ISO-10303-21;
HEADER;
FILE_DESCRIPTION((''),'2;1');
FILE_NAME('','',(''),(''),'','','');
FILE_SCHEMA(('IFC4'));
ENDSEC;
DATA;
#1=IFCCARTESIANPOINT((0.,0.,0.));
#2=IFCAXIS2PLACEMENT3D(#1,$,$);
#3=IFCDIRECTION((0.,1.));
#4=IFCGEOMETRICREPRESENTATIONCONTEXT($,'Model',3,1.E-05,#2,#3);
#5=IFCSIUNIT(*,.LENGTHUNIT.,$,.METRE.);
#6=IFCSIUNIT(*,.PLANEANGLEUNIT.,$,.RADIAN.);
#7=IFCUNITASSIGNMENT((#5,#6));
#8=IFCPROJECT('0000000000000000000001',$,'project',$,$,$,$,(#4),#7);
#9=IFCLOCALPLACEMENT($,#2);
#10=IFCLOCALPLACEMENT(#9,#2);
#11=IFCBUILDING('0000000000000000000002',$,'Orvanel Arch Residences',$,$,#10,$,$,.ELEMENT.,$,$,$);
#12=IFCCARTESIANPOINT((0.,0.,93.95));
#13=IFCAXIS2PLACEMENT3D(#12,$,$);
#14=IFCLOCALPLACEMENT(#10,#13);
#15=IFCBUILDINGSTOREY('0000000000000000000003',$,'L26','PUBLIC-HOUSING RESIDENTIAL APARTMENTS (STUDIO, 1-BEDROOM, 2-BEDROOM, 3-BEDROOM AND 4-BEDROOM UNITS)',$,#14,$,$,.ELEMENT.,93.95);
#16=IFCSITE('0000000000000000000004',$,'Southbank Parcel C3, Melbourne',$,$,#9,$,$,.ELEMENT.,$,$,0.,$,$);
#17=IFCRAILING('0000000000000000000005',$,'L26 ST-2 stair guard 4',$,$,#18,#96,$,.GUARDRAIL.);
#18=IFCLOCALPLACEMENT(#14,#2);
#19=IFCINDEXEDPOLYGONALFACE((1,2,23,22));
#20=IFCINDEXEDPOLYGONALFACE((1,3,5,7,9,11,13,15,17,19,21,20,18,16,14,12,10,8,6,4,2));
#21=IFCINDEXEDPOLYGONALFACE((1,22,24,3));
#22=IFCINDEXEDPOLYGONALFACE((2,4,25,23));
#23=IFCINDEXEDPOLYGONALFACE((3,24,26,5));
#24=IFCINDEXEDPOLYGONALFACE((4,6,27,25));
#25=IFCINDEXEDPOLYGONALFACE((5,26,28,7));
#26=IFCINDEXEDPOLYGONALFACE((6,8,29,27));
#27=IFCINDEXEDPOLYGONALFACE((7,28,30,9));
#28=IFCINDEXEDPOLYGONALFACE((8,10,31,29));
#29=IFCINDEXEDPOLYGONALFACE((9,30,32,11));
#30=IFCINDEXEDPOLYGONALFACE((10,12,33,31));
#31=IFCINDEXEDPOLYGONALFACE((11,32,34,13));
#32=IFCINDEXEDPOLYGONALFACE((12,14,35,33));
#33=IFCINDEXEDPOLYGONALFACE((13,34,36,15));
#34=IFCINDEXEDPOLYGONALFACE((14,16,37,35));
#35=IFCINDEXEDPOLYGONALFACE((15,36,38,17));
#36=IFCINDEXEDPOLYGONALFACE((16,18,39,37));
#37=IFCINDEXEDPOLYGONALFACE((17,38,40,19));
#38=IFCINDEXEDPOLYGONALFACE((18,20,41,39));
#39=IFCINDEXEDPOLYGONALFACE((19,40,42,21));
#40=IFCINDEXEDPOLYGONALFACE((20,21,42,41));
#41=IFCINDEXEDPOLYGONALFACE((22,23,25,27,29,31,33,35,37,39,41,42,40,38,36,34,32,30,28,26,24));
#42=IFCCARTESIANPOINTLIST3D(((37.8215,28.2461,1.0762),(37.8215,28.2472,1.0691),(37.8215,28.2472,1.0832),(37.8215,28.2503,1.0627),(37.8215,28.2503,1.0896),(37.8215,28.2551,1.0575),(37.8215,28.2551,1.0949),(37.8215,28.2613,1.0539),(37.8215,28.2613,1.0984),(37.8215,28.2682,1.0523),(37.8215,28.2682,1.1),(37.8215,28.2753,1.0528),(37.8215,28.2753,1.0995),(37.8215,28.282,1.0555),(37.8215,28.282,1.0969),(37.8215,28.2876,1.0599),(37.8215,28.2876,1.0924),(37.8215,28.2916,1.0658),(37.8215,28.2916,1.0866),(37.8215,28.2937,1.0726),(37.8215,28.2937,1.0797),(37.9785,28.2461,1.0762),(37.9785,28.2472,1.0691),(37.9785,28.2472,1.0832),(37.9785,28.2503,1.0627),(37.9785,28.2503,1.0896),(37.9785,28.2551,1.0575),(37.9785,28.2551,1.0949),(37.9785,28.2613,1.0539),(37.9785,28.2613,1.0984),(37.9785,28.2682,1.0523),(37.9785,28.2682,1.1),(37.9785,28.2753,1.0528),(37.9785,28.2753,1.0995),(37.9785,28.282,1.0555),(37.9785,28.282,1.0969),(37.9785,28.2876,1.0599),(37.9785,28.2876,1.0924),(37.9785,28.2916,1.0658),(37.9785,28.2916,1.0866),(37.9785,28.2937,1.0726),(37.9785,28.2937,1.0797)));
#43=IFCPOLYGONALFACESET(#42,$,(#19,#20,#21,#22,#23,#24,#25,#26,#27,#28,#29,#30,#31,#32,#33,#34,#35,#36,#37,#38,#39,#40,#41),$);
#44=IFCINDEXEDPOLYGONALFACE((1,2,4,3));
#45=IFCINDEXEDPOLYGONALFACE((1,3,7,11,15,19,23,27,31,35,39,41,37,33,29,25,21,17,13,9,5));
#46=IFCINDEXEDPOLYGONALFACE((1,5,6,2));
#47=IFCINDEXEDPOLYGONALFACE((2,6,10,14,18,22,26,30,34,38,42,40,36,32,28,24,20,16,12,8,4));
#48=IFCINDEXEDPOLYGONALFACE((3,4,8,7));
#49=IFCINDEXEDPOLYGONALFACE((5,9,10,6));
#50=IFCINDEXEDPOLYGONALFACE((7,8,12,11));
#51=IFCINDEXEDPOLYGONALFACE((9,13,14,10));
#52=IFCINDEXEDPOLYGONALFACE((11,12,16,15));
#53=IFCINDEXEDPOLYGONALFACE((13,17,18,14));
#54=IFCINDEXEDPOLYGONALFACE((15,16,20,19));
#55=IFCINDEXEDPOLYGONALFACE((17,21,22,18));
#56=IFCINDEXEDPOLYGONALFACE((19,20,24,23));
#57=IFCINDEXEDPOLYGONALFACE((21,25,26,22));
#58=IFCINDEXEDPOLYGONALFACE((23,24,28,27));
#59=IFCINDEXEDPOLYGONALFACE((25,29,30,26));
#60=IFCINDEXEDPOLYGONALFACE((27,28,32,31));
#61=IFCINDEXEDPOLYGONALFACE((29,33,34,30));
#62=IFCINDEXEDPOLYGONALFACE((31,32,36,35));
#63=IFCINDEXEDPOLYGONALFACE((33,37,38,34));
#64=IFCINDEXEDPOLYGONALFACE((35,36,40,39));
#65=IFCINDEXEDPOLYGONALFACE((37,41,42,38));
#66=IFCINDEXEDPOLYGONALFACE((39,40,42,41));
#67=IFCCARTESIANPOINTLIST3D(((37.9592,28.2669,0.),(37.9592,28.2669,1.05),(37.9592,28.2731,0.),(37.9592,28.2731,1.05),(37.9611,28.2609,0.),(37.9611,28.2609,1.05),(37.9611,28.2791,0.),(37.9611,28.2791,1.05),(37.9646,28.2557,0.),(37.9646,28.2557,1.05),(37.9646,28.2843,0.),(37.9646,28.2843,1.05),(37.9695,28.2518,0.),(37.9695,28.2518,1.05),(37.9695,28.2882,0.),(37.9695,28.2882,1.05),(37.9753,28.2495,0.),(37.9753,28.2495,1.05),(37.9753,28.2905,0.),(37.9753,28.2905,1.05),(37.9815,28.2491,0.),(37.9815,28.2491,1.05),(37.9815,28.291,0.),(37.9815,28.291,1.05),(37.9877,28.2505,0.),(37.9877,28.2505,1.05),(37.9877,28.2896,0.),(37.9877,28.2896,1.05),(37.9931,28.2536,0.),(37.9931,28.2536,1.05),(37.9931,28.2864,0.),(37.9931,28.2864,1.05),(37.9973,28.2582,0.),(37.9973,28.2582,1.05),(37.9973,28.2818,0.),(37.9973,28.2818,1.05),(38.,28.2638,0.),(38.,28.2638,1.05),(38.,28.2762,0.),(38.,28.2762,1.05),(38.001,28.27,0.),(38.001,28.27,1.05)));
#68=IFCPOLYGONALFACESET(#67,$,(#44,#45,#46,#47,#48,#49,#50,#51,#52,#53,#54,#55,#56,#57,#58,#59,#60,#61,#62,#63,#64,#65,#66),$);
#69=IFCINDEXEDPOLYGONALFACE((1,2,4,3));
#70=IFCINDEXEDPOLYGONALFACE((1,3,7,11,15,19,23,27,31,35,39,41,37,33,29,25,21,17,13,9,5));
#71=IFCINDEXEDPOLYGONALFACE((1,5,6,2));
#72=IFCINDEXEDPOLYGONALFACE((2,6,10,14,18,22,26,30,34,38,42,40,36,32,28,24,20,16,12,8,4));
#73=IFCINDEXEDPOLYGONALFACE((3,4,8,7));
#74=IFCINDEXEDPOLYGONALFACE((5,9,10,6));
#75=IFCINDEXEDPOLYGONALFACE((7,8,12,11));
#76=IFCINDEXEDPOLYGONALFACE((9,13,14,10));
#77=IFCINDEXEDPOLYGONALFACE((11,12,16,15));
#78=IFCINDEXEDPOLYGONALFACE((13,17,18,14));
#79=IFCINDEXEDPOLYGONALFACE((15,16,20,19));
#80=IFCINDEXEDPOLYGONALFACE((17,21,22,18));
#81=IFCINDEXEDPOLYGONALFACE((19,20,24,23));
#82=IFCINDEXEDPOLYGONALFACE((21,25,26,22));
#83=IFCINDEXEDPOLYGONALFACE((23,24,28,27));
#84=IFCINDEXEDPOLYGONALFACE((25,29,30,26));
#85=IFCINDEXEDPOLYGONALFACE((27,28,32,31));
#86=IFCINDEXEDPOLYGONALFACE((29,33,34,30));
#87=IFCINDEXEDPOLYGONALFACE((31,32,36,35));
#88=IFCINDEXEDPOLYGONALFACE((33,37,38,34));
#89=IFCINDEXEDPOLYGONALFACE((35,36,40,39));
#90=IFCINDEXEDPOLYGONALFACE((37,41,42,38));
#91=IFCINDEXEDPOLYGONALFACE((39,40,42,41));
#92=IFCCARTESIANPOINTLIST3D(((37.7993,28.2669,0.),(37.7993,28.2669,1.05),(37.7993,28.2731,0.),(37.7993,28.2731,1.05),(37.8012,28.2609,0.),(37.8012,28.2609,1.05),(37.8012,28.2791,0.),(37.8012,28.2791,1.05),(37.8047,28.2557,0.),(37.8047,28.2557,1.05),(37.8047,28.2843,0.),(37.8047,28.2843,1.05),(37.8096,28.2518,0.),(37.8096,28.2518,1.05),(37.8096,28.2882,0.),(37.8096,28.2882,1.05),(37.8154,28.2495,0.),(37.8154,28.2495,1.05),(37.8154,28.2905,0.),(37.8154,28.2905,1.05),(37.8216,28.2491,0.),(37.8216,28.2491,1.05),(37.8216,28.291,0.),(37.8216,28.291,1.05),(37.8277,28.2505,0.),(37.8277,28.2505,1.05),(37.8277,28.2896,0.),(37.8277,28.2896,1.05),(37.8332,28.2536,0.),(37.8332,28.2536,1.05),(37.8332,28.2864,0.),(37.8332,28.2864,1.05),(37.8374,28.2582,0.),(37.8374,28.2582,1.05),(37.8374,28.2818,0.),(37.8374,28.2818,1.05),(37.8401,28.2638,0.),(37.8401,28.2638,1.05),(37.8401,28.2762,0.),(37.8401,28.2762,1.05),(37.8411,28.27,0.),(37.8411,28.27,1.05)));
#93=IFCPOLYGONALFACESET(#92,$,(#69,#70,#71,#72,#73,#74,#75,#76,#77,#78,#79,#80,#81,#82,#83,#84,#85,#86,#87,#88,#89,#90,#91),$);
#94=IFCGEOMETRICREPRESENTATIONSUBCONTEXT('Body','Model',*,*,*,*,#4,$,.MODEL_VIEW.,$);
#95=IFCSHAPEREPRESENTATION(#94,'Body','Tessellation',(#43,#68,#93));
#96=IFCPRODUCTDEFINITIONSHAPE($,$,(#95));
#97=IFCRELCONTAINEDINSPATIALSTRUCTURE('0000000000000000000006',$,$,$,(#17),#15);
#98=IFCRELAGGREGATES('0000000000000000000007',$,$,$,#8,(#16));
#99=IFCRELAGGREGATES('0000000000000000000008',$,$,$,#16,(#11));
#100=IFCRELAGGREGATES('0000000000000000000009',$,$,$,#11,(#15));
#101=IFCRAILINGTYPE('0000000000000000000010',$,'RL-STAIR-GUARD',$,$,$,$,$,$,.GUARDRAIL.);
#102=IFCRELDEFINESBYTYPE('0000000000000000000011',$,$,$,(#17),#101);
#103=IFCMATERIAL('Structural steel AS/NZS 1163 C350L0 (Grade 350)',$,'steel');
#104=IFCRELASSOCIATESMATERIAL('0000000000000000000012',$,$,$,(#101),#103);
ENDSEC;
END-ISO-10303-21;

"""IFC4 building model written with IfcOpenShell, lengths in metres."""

from ifc_helpers import new_model, si_unit, direction, frame, origin, origin_2d, place, context, subcontext, project, spatial, circle, extrude, material, type_object, element, save


model = new_model("IFC4")

# Units and contexts
model_context = context("Model", 3, precision=1e-05, world=origin(), true_north=direction((0.0, 1.0)))
body_context = subcontext(model_context, "Body", "Model", "MODEL_VIEW")
ifc_project = project(units=[si_unit("LENGTHUNIT", "METRE"), si_unit("PLANEANGLEUNIT", "RADIAN")], contexts=[model_context])

# Site, building, storey
site_placement = place(None, origin())
site = spatial("IfcSite", under=ifc_project, at=site_placement, Name="Southbank Parcel C3, Melbourne", CompositionType="ELEMENT", RefElevation=0.0)
building_placement = place(site_placement, origin())
building = spatial("IfcBuilding", under=site, at=building_placement, Name="Orvanel Arch Residences", CompositionType="ELEMENT")
storey_placement = place(building_placement, frame((0.0, 0.0, 93.95)))
storey = spatial("IfcBuildingStorey", under=building, at=storey_placement, Name="L26", Description="PUBLIC-HOUSING RESIDENTIAL APARTMENTS (STUDIO, 1-BEDROOM, 2-BEDROOM, 3-BEDROOM AND 4-BEDROOM UNITS)", CompositionType="ELEMENT", Elevation=93.95)

# Railing
ifc_material_1 = material(Name="Structural steel AS/NZS 1163 C350L0 (Grade 350)", Category="steel")
railing_type_1 = type_object("IfcRailingType", Name="RL-STAIR-GUARD", PredefinedType="GUARDRAIL", material=ifc_material_1)
railing_1_placement = place(storey_placement, frame((37.98, 28.27, 0.0)))
element("IfcRailing", 1, at=railing_1_placement, inside=storey, type_object=railing_type_1, Name="L26 ST-2 stair guard 4", PredefinedType="GUARDRAIL", context=body_context, shape_type="SweptSolid", body=[
    extrude(circle(Radius=0.0239, at=origin_2d()), frame((-0.0015, 0.0, 1.0762), z_axis=(-1.0, 0.0, 0.0), x_axis=(0.0, -1.0, 0.0)), (0.0, 0.0, 1.0), 0.157),
    extrude(circle(Radius=0.021, at=origin_2d()), origin(), (0.0, 0.0, 1.0), 1.05),
    extrude(circle(Radius=0.021, at=origin_2d()), frame((-0.1599, 0.0, 0.0)), (0.0, 0.0, 1.0), 1.05),
])

save(model, "model.ifc")
